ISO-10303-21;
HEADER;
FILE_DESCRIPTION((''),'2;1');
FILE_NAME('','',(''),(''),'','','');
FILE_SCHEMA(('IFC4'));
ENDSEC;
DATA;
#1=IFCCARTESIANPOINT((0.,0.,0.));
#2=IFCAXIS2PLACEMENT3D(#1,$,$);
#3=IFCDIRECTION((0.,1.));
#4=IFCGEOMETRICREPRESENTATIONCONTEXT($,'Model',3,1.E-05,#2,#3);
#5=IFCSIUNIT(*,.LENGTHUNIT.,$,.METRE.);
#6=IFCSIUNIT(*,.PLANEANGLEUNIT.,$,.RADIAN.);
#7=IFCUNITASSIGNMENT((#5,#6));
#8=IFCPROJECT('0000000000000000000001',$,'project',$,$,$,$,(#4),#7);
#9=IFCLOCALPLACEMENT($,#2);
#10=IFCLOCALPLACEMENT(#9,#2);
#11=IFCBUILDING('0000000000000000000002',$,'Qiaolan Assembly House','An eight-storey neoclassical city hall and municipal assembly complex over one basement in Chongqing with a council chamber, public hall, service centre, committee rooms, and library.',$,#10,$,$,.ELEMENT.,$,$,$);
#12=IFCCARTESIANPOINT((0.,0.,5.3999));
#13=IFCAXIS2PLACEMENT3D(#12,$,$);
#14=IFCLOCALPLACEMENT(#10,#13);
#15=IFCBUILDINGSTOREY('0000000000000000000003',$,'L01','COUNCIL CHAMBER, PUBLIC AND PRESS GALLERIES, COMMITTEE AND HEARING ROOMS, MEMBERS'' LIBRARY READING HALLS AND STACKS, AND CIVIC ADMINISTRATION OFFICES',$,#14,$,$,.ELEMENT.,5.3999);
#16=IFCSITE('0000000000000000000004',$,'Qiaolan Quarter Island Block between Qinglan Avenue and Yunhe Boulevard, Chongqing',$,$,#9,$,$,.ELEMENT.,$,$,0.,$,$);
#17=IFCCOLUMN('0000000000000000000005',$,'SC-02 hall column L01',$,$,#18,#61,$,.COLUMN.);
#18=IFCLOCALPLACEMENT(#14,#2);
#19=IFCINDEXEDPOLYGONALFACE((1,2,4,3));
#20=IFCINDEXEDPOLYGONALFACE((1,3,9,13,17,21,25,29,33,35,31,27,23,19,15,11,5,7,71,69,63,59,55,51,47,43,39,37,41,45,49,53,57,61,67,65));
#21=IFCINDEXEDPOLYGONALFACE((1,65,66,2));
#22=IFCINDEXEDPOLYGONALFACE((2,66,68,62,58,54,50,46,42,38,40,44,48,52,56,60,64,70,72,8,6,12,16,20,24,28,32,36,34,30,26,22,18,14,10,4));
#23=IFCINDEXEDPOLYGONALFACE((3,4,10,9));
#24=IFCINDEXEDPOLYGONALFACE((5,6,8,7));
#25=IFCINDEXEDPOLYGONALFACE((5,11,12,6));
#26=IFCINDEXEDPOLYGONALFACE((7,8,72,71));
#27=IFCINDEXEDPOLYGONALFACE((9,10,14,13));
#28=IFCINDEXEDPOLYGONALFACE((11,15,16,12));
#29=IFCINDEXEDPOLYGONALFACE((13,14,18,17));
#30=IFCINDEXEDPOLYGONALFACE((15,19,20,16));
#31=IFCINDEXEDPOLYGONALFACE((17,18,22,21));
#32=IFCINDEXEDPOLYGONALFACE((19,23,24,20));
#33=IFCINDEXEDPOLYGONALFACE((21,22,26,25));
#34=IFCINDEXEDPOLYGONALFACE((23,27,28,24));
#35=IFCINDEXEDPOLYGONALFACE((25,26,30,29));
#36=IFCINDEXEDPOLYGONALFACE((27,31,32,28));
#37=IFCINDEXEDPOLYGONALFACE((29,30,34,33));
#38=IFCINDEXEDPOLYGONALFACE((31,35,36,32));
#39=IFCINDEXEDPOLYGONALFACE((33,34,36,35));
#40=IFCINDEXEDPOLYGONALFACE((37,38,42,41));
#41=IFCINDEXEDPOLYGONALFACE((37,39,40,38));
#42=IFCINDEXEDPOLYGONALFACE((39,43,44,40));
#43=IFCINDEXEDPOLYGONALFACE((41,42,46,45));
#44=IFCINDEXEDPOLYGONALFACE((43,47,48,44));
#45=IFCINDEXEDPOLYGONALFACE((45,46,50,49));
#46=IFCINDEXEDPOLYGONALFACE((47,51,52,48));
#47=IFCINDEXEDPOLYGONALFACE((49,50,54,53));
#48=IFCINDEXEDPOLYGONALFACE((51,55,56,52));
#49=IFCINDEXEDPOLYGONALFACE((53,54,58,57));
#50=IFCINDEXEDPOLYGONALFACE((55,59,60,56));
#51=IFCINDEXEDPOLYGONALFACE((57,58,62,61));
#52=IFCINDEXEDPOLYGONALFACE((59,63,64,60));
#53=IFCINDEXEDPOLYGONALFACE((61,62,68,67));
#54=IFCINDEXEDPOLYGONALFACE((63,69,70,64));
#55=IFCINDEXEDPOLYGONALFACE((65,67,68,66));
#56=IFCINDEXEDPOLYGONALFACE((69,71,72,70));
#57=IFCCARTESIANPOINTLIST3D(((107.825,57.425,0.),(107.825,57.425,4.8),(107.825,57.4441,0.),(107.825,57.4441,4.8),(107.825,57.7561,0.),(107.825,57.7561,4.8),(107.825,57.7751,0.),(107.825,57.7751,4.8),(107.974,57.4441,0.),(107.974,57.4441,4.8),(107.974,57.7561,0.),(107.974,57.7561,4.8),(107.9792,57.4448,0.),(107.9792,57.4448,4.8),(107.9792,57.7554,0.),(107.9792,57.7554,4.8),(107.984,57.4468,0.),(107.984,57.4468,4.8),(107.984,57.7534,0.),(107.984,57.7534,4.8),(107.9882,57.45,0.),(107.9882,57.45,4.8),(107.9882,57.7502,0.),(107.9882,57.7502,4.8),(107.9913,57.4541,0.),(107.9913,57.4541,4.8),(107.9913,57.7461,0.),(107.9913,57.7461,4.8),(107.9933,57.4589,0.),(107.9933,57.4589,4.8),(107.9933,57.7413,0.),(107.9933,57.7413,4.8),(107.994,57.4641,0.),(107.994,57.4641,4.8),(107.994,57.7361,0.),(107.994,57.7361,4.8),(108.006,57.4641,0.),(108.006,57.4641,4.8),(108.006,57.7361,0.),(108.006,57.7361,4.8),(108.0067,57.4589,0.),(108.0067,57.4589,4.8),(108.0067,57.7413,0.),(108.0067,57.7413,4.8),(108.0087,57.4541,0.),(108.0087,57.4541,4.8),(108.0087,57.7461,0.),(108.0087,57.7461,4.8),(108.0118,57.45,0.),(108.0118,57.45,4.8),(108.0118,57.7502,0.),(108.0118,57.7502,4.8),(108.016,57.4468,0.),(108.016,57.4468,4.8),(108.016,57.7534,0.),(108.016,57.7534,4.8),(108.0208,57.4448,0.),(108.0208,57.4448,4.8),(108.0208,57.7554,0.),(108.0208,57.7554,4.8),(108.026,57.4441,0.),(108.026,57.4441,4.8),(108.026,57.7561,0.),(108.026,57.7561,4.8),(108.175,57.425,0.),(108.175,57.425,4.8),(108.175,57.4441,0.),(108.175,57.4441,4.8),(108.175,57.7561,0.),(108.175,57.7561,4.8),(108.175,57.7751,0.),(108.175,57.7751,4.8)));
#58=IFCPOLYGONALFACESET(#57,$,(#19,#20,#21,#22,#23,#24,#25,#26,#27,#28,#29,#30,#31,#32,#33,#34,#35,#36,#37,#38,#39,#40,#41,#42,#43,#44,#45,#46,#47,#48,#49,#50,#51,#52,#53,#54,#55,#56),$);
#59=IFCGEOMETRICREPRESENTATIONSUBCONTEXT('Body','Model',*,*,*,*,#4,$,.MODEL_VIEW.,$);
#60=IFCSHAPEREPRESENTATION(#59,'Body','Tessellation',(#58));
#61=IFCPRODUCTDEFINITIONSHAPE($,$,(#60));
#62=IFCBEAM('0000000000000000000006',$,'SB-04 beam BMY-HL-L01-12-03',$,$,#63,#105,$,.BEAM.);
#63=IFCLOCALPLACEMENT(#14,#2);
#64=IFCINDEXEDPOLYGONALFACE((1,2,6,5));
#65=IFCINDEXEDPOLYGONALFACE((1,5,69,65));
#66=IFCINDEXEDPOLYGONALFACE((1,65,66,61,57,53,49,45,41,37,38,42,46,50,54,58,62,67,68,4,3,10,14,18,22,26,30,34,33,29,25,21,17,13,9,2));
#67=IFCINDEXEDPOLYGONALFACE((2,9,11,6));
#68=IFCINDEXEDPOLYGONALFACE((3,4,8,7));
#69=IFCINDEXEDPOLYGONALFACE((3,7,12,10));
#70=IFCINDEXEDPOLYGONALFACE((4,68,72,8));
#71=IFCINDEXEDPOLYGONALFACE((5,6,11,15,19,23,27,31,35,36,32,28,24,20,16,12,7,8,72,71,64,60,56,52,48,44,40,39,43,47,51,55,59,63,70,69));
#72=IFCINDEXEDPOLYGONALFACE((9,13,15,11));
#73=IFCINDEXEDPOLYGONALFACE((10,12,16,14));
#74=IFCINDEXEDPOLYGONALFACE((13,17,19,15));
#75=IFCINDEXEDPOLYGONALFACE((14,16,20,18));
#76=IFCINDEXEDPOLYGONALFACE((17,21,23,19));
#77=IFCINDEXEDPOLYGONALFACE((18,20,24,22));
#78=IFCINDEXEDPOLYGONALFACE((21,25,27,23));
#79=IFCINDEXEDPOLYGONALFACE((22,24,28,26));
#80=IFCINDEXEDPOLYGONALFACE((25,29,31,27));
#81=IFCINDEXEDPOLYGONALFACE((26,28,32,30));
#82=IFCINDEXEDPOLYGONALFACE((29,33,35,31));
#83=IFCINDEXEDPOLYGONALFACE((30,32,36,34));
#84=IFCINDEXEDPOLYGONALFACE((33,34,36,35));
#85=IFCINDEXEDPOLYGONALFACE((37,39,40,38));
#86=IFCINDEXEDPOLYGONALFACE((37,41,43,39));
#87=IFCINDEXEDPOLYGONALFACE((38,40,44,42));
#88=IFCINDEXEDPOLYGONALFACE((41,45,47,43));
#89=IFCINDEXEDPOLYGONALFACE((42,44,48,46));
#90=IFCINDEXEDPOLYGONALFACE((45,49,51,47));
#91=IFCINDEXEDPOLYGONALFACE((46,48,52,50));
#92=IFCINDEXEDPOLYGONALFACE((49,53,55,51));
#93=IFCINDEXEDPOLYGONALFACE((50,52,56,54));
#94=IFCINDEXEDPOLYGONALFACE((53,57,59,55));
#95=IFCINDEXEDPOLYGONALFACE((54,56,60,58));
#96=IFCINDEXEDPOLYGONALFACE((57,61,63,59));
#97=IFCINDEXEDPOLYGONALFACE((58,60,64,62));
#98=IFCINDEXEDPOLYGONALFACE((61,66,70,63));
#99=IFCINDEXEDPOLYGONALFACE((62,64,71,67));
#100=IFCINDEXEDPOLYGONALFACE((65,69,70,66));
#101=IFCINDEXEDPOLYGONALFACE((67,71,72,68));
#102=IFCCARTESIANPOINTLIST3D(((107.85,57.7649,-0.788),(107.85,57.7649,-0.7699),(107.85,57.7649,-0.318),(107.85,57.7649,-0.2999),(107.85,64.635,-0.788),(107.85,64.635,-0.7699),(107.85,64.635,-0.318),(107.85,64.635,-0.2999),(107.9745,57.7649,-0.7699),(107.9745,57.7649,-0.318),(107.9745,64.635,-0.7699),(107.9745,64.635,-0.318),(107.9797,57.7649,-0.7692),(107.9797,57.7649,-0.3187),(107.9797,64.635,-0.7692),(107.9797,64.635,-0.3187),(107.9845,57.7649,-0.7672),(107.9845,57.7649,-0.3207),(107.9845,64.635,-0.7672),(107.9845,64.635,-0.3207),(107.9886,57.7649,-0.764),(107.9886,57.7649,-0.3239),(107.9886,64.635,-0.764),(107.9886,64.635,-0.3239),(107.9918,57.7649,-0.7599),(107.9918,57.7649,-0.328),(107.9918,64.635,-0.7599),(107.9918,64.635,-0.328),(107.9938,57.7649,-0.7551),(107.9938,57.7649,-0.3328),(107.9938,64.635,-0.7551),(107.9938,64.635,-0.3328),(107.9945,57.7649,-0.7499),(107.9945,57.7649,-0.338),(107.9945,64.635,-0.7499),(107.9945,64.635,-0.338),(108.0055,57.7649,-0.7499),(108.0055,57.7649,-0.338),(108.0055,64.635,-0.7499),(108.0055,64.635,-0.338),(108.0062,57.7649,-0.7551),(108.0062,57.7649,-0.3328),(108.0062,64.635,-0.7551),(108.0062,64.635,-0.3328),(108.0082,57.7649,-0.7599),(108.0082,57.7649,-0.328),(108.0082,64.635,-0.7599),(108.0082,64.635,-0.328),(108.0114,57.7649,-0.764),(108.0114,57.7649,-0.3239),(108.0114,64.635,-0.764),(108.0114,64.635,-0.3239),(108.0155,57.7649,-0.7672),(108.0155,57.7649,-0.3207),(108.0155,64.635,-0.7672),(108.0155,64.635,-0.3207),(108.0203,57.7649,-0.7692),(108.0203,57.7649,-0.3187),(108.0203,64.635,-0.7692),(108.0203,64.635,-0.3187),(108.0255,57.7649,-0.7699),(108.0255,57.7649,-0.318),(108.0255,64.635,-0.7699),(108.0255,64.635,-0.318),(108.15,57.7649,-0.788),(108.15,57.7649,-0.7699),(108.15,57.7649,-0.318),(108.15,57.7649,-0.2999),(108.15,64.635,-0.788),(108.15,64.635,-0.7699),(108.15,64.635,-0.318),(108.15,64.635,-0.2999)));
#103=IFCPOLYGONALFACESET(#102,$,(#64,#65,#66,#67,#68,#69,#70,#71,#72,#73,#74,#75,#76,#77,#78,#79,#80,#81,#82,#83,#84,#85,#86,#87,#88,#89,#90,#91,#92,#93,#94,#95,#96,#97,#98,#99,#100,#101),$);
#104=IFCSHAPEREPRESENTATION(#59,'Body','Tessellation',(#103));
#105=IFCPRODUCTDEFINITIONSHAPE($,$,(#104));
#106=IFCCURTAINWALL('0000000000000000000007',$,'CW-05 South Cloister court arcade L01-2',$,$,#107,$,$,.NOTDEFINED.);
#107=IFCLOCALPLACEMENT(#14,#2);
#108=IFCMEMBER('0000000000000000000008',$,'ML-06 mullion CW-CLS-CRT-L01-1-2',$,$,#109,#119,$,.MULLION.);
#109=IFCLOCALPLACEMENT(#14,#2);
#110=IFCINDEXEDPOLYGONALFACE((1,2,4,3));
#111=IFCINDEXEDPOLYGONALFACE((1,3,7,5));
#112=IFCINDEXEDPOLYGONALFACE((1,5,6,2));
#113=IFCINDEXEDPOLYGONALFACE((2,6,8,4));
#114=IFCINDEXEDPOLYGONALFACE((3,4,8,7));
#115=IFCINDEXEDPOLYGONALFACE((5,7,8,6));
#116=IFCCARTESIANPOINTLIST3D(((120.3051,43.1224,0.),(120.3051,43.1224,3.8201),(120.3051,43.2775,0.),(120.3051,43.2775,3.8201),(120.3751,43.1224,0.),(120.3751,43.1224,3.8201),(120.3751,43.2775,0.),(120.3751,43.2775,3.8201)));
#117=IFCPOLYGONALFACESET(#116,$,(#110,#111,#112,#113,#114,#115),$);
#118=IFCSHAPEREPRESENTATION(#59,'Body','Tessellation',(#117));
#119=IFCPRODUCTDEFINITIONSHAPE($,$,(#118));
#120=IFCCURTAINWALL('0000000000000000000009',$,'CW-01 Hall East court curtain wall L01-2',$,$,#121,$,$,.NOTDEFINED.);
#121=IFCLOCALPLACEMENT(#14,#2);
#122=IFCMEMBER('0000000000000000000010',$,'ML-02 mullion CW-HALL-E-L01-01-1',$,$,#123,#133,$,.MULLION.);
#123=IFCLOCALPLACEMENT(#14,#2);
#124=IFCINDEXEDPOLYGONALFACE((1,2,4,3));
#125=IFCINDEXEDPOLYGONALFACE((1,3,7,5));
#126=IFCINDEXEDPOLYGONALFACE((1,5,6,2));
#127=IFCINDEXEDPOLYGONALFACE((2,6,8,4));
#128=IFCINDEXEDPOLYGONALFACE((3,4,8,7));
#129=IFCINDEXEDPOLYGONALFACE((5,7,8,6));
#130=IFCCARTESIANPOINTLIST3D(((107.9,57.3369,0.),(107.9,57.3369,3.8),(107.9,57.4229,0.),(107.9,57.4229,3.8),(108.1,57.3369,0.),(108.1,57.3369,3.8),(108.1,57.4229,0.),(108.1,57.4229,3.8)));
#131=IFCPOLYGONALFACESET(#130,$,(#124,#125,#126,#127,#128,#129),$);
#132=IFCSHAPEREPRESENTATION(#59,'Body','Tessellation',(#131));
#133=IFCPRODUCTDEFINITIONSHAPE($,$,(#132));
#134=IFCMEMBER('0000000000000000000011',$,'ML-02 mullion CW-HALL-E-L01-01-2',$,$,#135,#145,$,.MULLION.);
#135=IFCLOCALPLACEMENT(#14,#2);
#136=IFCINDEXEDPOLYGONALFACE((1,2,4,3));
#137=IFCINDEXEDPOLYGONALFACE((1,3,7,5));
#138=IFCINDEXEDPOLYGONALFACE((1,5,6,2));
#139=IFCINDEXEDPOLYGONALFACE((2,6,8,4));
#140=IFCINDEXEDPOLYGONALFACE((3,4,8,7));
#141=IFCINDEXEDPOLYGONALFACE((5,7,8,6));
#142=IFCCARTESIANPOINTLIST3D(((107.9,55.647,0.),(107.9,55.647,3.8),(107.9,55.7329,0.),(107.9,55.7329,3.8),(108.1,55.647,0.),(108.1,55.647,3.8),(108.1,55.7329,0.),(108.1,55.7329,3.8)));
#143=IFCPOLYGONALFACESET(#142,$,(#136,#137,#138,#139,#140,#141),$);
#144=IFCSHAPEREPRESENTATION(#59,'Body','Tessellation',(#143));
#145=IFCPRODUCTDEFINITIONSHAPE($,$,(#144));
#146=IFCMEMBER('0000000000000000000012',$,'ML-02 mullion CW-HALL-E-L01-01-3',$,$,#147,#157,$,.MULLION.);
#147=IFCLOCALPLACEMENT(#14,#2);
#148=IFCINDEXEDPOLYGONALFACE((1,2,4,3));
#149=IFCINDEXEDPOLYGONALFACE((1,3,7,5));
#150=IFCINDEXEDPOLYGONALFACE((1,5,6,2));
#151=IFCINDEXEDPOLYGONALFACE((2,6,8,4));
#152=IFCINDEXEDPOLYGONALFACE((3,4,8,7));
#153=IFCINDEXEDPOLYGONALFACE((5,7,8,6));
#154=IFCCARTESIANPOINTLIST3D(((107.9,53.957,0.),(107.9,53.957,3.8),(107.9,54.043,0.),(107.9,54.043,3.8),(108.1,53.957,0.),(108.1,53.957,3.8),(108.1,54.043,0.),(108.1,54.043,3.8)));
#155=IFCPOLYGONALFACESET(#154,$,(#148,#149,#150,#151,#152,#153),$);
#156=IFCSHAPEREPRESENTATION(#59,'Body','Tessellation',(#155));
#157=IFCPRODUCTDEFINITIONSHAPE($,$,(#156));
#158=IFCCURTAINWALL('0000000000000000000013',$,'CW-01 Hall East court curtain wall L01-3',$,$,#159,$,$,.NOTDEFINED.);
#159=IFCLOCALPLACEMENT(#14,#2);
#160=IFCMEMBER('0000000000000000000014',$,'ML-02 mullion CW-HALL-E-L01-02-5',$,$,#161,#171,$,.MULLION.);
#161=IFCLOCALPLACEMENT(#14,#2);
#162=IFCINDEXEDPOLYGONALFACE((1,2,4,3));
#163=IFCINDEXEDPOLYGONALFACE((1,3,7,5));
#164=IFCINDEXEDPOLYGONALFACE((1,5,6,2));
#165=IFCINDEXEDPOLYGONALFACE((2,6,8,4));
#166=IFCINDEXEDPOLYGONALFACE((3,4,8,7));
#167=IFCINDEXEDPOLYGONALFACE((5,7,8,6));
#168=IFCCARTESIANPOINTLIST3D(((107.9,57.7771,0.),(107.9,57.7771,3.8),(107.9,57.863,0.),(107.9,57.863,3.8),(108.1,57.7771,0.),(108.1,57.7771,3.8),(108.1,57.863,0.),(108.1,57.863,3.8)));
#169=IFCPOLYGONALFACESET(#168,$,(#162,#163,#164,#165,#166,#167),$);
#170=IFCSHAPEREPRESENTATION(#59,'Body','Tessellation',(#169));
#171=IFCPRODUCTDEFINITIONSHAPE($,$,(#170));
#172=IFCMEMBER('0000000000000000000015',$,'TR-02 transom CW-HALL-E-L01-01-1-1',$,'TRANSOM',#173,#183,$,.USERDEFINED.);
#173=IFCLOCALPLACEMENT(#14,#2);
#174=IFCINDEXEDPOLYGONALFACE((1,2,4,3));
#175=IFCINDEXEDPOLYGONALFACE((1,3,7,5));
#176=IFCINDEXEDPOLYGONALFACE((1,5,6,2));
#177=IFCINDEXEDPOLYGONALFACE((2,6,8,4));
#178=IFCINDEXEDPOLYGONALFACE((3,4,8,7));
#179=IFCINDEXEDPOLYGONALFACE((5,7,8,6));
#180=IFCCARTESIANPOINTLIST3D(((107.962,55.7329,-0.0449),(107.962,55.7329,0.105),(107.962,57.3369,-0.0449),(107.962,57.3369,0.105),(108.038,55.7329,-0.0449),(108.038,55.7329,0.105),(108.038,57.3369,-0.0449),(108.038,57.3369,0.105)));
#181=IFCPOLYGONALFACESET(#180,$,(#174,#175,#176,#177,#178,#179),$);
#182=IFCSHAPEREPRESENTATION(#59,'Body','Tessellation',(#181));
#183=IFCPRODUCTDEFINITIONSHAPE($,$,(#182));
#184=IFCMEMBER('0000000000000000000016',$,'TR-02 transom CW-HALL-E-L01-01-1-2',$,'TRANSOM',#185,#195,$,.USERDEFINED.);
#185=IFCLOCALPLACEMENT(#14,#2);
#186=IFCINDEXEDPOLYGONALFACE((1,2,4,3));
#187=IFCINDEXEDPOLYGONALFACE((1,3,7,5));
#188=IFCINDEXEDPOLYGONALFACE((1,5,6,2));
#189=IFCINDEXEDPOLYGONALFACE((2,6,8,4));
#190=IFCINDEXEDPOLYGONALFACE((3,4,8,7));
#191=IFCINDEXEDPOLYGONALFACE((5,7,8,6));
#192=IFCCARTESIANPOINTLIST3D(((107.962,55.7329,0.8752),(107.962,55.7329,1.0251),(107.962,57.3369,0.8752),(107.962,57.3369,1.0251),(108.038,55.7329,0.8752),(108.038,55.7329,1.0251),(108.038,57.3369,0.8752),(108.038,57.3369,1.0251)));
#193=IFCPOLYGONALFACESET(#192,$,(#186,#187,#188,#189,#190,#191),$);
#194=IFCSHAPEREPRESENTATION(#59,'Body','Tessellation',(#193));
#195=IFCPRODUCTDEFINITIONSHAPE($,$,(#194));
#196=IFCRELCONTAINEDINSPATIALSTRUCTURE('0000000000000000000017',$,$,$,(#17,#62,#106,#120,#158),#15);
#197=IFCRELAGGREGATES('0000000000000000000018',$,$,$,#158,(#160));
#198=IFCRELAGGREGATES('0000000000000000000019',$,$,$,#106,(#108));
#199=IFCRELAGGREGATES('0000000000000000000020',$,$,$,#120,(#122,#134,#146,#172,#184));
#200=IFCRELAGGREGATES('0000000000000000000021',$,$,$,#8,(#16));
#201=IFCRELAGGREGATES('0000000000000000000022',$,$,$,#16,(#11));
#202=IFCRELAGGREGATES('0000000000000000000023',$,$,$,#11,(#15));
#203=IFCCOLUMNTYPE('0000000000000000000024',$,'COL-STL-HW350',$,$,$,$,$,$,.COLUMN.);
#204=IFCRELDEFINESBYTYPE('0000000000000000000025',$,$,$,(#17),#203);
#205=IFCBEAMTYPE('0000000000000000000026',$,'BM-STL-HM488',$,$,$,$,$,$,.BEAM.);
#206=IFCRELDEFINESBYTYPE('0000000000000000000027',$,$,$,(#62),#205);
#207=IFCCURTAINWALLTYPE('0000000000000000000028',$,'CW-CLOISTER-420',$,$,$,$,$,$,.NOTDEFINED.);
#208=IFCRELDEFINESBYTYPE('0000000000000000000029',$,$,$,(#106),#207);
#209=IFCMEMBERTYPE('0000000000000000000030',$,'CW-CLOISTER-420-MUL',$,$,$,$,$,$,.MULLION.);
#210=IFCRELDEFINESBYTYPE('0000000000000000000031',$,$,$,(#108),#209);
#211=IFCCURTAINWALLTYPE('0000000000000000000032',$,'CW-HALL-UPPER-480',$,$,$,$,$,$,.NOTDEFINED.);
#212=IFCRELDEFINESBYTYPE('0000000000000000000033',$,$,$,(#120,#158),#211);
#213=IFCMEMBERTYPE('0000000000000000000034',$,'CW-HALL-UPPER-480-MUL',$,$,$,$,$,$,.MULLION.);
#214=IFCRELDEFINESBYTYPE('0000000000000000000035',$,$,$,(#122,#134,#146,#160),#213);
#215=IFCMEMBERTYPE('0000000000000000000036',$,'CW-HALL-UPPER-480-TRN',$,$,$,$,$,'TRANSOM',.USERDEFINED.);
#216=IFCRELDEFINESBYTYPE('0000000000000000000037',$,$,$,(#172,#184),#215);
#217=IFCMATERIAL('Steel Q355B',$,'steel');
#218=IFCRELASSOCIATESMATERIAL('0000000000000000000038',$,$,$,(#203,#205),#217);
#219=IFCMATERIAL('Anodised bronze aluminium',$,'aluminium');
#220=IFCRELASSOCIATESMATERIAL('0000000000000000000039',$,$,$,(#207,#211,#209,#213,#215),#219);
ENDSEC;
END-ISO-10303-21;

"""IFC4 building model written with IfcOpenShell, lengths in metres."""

from ifc_helpers import new_model, si_unit, direction, frame, origin, origin_2d, place, context, subcontext, project, spatial, rectangle, i_section, extrude, material, material_profile, profile_set, type_object, element, aggregate, save


model = new_model("IFC4")

# Units and contexts
model_context = context("Model", 3, precision=1e-05, world=origin(), true_north=direction((0.0, 1.0)))
body_context = subcontext(model_context, "Body", "Model", "MODEL_VIEW")
ifc_project = project(units=[si_unit("LENGTHUNIT", "METRE"), si_unit("PLANEANGLEUNIT", "RADIAN")], contexts=[model_context])

# Site, building, storey
site_placement = place(None, origin())
site = spatial("IfcSite", under=ifc_project, at=site_placement, Name="Qiaolan Quarter Island Block between Qinglan Avenue and Yunhe Boulevard, Chongqing", CompositionType="ELEMENT", RefElevation=0.0)
building_placement = place(site_placement, origin())
building = spatial("IfcBuilding", under=site, at=building_placement, Name="Qiaolan Assembly House", Description="An eight-storey neoclassical city hall and municipal assembly complex over one basement in Chongqing with a council chamber, public hall, service centre, committee rooms, and library.", CompositionType="ELEMENT")
storey_placement = place(building_placement, frame((0.0, 0.0, 5.3999)))
storey = spatial("IfcBuildingStorey", under=building, at=storey_placement, Name="L01", Description="COUNCIL CHAMBER, PUBLIC AND PRESS GALLERIES, COMMITTEE AND HEARING ROOMS, MEMBERS' LIBRARY READING HALLS AND STACKS, AND CIVIC ADMINISTRATION OFFICES", CompositionType="ELEMENT", Elevation=5.3999)

# Column
ifc_material_1 = material(Name="Steel Q355B", Category="steel")
ifc_material_profile_1 = material_profile(ifc_material_1, i_section(OverallWidth=0.3501, OverallDepth=0.3501, WebThickness=0.012, FlangeThickness=0.019, FilletRadius=0.02, at=origin_2d()), Name="HW 350x350x12x19")
ifc_profile_set_1 = profile_set([ifc_material_profile_1], Name="Steel Q355B")
column_type = type_object("IfcColumnType", Name="COL-STL-HW350", PredefinedType="COLUMN", material=ifc_profile_set_1)
column_placement = place(storey_placement, frame((108.0, 57.6001, 0.0), z_axis=(0.0, 0.0, 1.0), x_axis=(1.0, 0.0, 0.0)))
element("IfcColumn", 1, at=column_placement, inside=storey, type_object=column_type, Name="SC-02 hall column L01", PredefinedType="COLUMN", context=body_context, shape_type="SweptSolid", body=[
    extrude(i_section(OverallWidth=0.3501, OverallDepth=0.3501, WebThickness=0.012, FlangeThickness=0.019, FilletRadius=0.02, at=origin_2d()), origin(), (0.0, 0.0, 1.0), 4.8),
])

# Beam
ifc_material_profile_2 = material_profile(ifc_material_1, i_section(OverallWidth=0.3, OverallDepth=0.488, WebThickness=0.011, FlangeThickness=0.0181, FilletRadius=0.02, at=origin_2d()), Name="HM 488x300x11x18")
ifc_profile_set_2 = profile_set([ifc_material_profile_2], Name="Steel Q355B")
beam_type = type_object("IfcBeamType", Name="BM-STL-HM488", PredefinedType="BEAM", material=ifc_profile_set_2)
beam_placement = place(storey_placement, frame((108.0, 57.7649, -0.5439), z_axis=(0.0, 1.0, 0.0), x_axis=(-1.0, 0.0, 0.0)))
element("IfcBeam", 2, at=beam_placement, inside=storey, type_object=beam_type, Name="SB-04 beam BMY-HL-L01-12-03", PredefinedType="BEAM", context=body_context, shape_type="SweptSolid", body=[
    extrude(i_section(OverallWidth=0.3, OverallDepth=0.488, WebThickness=0.011, FlangeThickness=0.0181, FilletRadius=0.02, at=origin_2d()), origin(), (0.0, 0.0, 1.0), 6.8701),
])

# Curtain wall, member
ifc_material_2 = material(Name="Anodised bronze aluminium", Category="aluminium")
curtain_wall_type_1 = type_object("IfcCurtainWallType", Name="CW-CLOISTER-420", PredefinedType="NOTDEFINED", material=ifc_material_2)
curtain_wall_1_placement = place(storey_placement, origin())
curtain_wall_1 = element("IfcCurtainWall", 3, at=curtain_wall_1_placement, inside=storey, type_object=curtain_wall_type_1, Name="CW-05 South Cloister court arcade L01-2", PredefinedType="NOTDEFINED")
ifc_material_profile_3 = material_profile(ifc_material_2, rectangle(XDim=0.0701, YDim=0.155, at=origin_2d()), Name="MUL 70x155")
ifc_profile_set_3 = profile_set([ifc_material_profile_3], Name="Anodised bronze aluminium")
member_type_1 = type_object("IfcMemberType", Name="CW-CLOISTER-420-MUL", PredefinedType="MULLION", material=ifc_profile_set_3)
member_1_placement = place(storey_placement, frame((120.3401, 43.2, 0.0), z_axis=(0.0, 0.0, 1.0), x_axis=(-1.0, 0.0, 0.0)))
member_1 = element("IfcMember", 4, at=member_1_placement, type_object=member_type_1, Name="ML-06 mullion CW-CLS-CRT-L01-1-2", PredefinedType="MULLION", context=body_context, shape_type="SweptSolid", body=[
    extrude(rectangle(XDim=0.0701, YDim=0.155, at=origin_2d()), origin(), (0.0, 0.0, 1.0), 3.8201),
])

# Curtain wall, members
curtain_wall_type_2 = type_object("IfcCurtainWallType", Name="CW-HALL-UPPER-480", PredefinedType="NOTDEFINED", material=ifc_material_2)
curtain_wall_2_placement = place(storey_placement, origin())
curtain_wall_2 = element("IfcCurtainWall", 5, at=curtain_wall_2_placement, inside=storey, type_object=curtain_wall_type_2, Name="CW-01 Hall East court curtain wall L01-2", PredefinedType="NOTDEFINED")
ifc_material_profile_4 = material_profile(ifc_material_2, rectangle(XDim=0.0859, YDim=0.2, at=origin_2d()), Name="MUL 86x200")
ifc_profile_set_4 = profile_set([ifc_material_profile_4], Name="Anodised bronze aluminium")
member_type_2 = type_object("IfcMemberType", Name="CW-HALL-UPPER-480-MUL", PredefinedType="MULLION", material=ifc_profile_set_4)
member_2_placement = place(storey_placement, frame((108.0, 57.3799, 0.0), z_axis=(0.0, 0.0, 1.0), x_axis=(0.0, -1.0, 0.0)))
member_2 = element("IfcMember", 6, at=member_2_placement, type_object=member_type_2, Name="ML-02 mullion CW-HALL-E-L01-01-1", PredefinedType="MULLION", context=body_context, shape_type="SweptSolid", body=[
    extrude(rectangle(XDim=0.0859, YDim=0.2, at=origin_2d()), origin(), (0.0, 0.0, 1.0), 3.8),
])
member_3_placement = place(storey_placement, frame((108.0, 55.6899, 0.0), z_axis=(0.0, 0.0, 1.0), x_axis=(0.0, -1.0, 0.0)))
member_3 = element("IfcMember", 7, at=member_3_placement, type_object=member_type_2, Name="ML-02 mullion CW-HALL-E-L01-01-2", PredefinedType="MULLION", context=body_context, shape_type="SweptSolid", body=[
    extrude(rectangle(XDim=0.0859, YDim=0.2, at=origin_2d()), origin(), (0.0, 0.0, 1.0), 3.8),
])
member_4_placement = place(storey_placement, frame((108.0, 54.0, 0.0), z_axis=(0.0, 0.0, 1.0), x_axis=(0.0, -1.0, 0.0)))
member_4 = element("IfcMember", 8, at=member_4_placement, type_object=member_type_2, Name="ML-02 mullion CW-HALL-E-L01-01-3", PredefinedType="MULLION", context=body_context, shape_type="SweptSolid", body=[
    extrude(rectangle(XDim=0.0859, YDim=0.2, at=origin_2d()), origin(), (0.0, 0.0, 1.0), 3.8),
])

# Curtain wall, member
curtain_wall_3_placement = place(storey_placement, origin())
curtain_wall_3 = element("IfcCurtainWall", 9, at=curtain_wall_3_placement, inside=storey, type_object=curtain_wall_type_2, Name="CW-01 Hall East court curtain wall L01-3", PredefinedType="NOTDEFINED")
member_5_placement = place(storey_placement, frame((108.0, 57.8201, 0.0), z_axis=(0.0, 0.0, 1.0), x_axis=(0.0, -1.0, 0.0)))
member_5 = element("IfcMember", 10, at=member_5_placement, type_object=member_type_2, Name="ML-02 mullion CW-HALL-E-L01-02-5", PredefinedType="MULLION", context=body_context, shape_type="SweptSolid", body=[
    extrude(rectangle(XDim=0.0859, YDim=0.2, at=origin_2d()), origin(), (0.0, 0.0, 1.0), 3.8),
])
aggregate(curtain_wall_3, [member_5])

# Members
ifc_material_profile_5 = material_profile(ifc_material_2, rectangle(XDim=0.0759, YDim=0.1499, at=origin_2d()), Name="TRN 76x150")
ifc_profile_set_5 = profile_set([ifc_material_profile_5], Name="Anodised bronze aluminium")
member_type_3 = type_object("IfcMemberType", Name="CW-HALL-UPPER-480-TRN", ElementType="TRANSOM", PredefinedType="USERDEFINED", material=ifc_profile_set_5)
member_6_placement = place(storey_placement, frame((108.0, 57.3369, 0.03), z_axis=(0.0, -1.0, 0.0), x_axis=(1.0, 0.0, 0.0)))
member_6 = element("IfcMember", 11, at=member_6_placement, type_object=member_type_3, Name="TR-02 transom CW-HALL-E-L01-01-1-1", ObjectType="TRANSOM", PredefinedType="USERDEFINED", context=body_context, shape_type="SweptSolid", body=[
    extrude(rectangle(XDim=0.0759, YDim=0.1499, at=origin_2d()), origin(), (0.0, 0.0, 1.0), 1.604),
])
member_7_placement = place(storey_placement, frame((108.0, 57.3369, 0.9502), z_axis=(0.0, -1.0, 0.0), x_axis=(1.0, 0.0, 0.0)))
member_7 = element("IfcMember", 12, at=member_7_placement, type_object=member_type_3, Name="TR-02 transom CW-HALL-E-L01-01-1-2", ObjectType="TRANSOM", PredefinedType="USERDEFINED", context=body_context, shape_type="SweptSolid", body=[
    extrude(rectangle(XDim=0.0759, YDim=0.1499, at=origin_2d()), origin(), (0.0, 0.0, 1.0), 1.604),
])

aggregate(curtain_wall_1, [member_1])
aggregate(curtain_wall_2, [member_2, member_3, member_4, member_6, member_7])

save(model, "model.ifc")
